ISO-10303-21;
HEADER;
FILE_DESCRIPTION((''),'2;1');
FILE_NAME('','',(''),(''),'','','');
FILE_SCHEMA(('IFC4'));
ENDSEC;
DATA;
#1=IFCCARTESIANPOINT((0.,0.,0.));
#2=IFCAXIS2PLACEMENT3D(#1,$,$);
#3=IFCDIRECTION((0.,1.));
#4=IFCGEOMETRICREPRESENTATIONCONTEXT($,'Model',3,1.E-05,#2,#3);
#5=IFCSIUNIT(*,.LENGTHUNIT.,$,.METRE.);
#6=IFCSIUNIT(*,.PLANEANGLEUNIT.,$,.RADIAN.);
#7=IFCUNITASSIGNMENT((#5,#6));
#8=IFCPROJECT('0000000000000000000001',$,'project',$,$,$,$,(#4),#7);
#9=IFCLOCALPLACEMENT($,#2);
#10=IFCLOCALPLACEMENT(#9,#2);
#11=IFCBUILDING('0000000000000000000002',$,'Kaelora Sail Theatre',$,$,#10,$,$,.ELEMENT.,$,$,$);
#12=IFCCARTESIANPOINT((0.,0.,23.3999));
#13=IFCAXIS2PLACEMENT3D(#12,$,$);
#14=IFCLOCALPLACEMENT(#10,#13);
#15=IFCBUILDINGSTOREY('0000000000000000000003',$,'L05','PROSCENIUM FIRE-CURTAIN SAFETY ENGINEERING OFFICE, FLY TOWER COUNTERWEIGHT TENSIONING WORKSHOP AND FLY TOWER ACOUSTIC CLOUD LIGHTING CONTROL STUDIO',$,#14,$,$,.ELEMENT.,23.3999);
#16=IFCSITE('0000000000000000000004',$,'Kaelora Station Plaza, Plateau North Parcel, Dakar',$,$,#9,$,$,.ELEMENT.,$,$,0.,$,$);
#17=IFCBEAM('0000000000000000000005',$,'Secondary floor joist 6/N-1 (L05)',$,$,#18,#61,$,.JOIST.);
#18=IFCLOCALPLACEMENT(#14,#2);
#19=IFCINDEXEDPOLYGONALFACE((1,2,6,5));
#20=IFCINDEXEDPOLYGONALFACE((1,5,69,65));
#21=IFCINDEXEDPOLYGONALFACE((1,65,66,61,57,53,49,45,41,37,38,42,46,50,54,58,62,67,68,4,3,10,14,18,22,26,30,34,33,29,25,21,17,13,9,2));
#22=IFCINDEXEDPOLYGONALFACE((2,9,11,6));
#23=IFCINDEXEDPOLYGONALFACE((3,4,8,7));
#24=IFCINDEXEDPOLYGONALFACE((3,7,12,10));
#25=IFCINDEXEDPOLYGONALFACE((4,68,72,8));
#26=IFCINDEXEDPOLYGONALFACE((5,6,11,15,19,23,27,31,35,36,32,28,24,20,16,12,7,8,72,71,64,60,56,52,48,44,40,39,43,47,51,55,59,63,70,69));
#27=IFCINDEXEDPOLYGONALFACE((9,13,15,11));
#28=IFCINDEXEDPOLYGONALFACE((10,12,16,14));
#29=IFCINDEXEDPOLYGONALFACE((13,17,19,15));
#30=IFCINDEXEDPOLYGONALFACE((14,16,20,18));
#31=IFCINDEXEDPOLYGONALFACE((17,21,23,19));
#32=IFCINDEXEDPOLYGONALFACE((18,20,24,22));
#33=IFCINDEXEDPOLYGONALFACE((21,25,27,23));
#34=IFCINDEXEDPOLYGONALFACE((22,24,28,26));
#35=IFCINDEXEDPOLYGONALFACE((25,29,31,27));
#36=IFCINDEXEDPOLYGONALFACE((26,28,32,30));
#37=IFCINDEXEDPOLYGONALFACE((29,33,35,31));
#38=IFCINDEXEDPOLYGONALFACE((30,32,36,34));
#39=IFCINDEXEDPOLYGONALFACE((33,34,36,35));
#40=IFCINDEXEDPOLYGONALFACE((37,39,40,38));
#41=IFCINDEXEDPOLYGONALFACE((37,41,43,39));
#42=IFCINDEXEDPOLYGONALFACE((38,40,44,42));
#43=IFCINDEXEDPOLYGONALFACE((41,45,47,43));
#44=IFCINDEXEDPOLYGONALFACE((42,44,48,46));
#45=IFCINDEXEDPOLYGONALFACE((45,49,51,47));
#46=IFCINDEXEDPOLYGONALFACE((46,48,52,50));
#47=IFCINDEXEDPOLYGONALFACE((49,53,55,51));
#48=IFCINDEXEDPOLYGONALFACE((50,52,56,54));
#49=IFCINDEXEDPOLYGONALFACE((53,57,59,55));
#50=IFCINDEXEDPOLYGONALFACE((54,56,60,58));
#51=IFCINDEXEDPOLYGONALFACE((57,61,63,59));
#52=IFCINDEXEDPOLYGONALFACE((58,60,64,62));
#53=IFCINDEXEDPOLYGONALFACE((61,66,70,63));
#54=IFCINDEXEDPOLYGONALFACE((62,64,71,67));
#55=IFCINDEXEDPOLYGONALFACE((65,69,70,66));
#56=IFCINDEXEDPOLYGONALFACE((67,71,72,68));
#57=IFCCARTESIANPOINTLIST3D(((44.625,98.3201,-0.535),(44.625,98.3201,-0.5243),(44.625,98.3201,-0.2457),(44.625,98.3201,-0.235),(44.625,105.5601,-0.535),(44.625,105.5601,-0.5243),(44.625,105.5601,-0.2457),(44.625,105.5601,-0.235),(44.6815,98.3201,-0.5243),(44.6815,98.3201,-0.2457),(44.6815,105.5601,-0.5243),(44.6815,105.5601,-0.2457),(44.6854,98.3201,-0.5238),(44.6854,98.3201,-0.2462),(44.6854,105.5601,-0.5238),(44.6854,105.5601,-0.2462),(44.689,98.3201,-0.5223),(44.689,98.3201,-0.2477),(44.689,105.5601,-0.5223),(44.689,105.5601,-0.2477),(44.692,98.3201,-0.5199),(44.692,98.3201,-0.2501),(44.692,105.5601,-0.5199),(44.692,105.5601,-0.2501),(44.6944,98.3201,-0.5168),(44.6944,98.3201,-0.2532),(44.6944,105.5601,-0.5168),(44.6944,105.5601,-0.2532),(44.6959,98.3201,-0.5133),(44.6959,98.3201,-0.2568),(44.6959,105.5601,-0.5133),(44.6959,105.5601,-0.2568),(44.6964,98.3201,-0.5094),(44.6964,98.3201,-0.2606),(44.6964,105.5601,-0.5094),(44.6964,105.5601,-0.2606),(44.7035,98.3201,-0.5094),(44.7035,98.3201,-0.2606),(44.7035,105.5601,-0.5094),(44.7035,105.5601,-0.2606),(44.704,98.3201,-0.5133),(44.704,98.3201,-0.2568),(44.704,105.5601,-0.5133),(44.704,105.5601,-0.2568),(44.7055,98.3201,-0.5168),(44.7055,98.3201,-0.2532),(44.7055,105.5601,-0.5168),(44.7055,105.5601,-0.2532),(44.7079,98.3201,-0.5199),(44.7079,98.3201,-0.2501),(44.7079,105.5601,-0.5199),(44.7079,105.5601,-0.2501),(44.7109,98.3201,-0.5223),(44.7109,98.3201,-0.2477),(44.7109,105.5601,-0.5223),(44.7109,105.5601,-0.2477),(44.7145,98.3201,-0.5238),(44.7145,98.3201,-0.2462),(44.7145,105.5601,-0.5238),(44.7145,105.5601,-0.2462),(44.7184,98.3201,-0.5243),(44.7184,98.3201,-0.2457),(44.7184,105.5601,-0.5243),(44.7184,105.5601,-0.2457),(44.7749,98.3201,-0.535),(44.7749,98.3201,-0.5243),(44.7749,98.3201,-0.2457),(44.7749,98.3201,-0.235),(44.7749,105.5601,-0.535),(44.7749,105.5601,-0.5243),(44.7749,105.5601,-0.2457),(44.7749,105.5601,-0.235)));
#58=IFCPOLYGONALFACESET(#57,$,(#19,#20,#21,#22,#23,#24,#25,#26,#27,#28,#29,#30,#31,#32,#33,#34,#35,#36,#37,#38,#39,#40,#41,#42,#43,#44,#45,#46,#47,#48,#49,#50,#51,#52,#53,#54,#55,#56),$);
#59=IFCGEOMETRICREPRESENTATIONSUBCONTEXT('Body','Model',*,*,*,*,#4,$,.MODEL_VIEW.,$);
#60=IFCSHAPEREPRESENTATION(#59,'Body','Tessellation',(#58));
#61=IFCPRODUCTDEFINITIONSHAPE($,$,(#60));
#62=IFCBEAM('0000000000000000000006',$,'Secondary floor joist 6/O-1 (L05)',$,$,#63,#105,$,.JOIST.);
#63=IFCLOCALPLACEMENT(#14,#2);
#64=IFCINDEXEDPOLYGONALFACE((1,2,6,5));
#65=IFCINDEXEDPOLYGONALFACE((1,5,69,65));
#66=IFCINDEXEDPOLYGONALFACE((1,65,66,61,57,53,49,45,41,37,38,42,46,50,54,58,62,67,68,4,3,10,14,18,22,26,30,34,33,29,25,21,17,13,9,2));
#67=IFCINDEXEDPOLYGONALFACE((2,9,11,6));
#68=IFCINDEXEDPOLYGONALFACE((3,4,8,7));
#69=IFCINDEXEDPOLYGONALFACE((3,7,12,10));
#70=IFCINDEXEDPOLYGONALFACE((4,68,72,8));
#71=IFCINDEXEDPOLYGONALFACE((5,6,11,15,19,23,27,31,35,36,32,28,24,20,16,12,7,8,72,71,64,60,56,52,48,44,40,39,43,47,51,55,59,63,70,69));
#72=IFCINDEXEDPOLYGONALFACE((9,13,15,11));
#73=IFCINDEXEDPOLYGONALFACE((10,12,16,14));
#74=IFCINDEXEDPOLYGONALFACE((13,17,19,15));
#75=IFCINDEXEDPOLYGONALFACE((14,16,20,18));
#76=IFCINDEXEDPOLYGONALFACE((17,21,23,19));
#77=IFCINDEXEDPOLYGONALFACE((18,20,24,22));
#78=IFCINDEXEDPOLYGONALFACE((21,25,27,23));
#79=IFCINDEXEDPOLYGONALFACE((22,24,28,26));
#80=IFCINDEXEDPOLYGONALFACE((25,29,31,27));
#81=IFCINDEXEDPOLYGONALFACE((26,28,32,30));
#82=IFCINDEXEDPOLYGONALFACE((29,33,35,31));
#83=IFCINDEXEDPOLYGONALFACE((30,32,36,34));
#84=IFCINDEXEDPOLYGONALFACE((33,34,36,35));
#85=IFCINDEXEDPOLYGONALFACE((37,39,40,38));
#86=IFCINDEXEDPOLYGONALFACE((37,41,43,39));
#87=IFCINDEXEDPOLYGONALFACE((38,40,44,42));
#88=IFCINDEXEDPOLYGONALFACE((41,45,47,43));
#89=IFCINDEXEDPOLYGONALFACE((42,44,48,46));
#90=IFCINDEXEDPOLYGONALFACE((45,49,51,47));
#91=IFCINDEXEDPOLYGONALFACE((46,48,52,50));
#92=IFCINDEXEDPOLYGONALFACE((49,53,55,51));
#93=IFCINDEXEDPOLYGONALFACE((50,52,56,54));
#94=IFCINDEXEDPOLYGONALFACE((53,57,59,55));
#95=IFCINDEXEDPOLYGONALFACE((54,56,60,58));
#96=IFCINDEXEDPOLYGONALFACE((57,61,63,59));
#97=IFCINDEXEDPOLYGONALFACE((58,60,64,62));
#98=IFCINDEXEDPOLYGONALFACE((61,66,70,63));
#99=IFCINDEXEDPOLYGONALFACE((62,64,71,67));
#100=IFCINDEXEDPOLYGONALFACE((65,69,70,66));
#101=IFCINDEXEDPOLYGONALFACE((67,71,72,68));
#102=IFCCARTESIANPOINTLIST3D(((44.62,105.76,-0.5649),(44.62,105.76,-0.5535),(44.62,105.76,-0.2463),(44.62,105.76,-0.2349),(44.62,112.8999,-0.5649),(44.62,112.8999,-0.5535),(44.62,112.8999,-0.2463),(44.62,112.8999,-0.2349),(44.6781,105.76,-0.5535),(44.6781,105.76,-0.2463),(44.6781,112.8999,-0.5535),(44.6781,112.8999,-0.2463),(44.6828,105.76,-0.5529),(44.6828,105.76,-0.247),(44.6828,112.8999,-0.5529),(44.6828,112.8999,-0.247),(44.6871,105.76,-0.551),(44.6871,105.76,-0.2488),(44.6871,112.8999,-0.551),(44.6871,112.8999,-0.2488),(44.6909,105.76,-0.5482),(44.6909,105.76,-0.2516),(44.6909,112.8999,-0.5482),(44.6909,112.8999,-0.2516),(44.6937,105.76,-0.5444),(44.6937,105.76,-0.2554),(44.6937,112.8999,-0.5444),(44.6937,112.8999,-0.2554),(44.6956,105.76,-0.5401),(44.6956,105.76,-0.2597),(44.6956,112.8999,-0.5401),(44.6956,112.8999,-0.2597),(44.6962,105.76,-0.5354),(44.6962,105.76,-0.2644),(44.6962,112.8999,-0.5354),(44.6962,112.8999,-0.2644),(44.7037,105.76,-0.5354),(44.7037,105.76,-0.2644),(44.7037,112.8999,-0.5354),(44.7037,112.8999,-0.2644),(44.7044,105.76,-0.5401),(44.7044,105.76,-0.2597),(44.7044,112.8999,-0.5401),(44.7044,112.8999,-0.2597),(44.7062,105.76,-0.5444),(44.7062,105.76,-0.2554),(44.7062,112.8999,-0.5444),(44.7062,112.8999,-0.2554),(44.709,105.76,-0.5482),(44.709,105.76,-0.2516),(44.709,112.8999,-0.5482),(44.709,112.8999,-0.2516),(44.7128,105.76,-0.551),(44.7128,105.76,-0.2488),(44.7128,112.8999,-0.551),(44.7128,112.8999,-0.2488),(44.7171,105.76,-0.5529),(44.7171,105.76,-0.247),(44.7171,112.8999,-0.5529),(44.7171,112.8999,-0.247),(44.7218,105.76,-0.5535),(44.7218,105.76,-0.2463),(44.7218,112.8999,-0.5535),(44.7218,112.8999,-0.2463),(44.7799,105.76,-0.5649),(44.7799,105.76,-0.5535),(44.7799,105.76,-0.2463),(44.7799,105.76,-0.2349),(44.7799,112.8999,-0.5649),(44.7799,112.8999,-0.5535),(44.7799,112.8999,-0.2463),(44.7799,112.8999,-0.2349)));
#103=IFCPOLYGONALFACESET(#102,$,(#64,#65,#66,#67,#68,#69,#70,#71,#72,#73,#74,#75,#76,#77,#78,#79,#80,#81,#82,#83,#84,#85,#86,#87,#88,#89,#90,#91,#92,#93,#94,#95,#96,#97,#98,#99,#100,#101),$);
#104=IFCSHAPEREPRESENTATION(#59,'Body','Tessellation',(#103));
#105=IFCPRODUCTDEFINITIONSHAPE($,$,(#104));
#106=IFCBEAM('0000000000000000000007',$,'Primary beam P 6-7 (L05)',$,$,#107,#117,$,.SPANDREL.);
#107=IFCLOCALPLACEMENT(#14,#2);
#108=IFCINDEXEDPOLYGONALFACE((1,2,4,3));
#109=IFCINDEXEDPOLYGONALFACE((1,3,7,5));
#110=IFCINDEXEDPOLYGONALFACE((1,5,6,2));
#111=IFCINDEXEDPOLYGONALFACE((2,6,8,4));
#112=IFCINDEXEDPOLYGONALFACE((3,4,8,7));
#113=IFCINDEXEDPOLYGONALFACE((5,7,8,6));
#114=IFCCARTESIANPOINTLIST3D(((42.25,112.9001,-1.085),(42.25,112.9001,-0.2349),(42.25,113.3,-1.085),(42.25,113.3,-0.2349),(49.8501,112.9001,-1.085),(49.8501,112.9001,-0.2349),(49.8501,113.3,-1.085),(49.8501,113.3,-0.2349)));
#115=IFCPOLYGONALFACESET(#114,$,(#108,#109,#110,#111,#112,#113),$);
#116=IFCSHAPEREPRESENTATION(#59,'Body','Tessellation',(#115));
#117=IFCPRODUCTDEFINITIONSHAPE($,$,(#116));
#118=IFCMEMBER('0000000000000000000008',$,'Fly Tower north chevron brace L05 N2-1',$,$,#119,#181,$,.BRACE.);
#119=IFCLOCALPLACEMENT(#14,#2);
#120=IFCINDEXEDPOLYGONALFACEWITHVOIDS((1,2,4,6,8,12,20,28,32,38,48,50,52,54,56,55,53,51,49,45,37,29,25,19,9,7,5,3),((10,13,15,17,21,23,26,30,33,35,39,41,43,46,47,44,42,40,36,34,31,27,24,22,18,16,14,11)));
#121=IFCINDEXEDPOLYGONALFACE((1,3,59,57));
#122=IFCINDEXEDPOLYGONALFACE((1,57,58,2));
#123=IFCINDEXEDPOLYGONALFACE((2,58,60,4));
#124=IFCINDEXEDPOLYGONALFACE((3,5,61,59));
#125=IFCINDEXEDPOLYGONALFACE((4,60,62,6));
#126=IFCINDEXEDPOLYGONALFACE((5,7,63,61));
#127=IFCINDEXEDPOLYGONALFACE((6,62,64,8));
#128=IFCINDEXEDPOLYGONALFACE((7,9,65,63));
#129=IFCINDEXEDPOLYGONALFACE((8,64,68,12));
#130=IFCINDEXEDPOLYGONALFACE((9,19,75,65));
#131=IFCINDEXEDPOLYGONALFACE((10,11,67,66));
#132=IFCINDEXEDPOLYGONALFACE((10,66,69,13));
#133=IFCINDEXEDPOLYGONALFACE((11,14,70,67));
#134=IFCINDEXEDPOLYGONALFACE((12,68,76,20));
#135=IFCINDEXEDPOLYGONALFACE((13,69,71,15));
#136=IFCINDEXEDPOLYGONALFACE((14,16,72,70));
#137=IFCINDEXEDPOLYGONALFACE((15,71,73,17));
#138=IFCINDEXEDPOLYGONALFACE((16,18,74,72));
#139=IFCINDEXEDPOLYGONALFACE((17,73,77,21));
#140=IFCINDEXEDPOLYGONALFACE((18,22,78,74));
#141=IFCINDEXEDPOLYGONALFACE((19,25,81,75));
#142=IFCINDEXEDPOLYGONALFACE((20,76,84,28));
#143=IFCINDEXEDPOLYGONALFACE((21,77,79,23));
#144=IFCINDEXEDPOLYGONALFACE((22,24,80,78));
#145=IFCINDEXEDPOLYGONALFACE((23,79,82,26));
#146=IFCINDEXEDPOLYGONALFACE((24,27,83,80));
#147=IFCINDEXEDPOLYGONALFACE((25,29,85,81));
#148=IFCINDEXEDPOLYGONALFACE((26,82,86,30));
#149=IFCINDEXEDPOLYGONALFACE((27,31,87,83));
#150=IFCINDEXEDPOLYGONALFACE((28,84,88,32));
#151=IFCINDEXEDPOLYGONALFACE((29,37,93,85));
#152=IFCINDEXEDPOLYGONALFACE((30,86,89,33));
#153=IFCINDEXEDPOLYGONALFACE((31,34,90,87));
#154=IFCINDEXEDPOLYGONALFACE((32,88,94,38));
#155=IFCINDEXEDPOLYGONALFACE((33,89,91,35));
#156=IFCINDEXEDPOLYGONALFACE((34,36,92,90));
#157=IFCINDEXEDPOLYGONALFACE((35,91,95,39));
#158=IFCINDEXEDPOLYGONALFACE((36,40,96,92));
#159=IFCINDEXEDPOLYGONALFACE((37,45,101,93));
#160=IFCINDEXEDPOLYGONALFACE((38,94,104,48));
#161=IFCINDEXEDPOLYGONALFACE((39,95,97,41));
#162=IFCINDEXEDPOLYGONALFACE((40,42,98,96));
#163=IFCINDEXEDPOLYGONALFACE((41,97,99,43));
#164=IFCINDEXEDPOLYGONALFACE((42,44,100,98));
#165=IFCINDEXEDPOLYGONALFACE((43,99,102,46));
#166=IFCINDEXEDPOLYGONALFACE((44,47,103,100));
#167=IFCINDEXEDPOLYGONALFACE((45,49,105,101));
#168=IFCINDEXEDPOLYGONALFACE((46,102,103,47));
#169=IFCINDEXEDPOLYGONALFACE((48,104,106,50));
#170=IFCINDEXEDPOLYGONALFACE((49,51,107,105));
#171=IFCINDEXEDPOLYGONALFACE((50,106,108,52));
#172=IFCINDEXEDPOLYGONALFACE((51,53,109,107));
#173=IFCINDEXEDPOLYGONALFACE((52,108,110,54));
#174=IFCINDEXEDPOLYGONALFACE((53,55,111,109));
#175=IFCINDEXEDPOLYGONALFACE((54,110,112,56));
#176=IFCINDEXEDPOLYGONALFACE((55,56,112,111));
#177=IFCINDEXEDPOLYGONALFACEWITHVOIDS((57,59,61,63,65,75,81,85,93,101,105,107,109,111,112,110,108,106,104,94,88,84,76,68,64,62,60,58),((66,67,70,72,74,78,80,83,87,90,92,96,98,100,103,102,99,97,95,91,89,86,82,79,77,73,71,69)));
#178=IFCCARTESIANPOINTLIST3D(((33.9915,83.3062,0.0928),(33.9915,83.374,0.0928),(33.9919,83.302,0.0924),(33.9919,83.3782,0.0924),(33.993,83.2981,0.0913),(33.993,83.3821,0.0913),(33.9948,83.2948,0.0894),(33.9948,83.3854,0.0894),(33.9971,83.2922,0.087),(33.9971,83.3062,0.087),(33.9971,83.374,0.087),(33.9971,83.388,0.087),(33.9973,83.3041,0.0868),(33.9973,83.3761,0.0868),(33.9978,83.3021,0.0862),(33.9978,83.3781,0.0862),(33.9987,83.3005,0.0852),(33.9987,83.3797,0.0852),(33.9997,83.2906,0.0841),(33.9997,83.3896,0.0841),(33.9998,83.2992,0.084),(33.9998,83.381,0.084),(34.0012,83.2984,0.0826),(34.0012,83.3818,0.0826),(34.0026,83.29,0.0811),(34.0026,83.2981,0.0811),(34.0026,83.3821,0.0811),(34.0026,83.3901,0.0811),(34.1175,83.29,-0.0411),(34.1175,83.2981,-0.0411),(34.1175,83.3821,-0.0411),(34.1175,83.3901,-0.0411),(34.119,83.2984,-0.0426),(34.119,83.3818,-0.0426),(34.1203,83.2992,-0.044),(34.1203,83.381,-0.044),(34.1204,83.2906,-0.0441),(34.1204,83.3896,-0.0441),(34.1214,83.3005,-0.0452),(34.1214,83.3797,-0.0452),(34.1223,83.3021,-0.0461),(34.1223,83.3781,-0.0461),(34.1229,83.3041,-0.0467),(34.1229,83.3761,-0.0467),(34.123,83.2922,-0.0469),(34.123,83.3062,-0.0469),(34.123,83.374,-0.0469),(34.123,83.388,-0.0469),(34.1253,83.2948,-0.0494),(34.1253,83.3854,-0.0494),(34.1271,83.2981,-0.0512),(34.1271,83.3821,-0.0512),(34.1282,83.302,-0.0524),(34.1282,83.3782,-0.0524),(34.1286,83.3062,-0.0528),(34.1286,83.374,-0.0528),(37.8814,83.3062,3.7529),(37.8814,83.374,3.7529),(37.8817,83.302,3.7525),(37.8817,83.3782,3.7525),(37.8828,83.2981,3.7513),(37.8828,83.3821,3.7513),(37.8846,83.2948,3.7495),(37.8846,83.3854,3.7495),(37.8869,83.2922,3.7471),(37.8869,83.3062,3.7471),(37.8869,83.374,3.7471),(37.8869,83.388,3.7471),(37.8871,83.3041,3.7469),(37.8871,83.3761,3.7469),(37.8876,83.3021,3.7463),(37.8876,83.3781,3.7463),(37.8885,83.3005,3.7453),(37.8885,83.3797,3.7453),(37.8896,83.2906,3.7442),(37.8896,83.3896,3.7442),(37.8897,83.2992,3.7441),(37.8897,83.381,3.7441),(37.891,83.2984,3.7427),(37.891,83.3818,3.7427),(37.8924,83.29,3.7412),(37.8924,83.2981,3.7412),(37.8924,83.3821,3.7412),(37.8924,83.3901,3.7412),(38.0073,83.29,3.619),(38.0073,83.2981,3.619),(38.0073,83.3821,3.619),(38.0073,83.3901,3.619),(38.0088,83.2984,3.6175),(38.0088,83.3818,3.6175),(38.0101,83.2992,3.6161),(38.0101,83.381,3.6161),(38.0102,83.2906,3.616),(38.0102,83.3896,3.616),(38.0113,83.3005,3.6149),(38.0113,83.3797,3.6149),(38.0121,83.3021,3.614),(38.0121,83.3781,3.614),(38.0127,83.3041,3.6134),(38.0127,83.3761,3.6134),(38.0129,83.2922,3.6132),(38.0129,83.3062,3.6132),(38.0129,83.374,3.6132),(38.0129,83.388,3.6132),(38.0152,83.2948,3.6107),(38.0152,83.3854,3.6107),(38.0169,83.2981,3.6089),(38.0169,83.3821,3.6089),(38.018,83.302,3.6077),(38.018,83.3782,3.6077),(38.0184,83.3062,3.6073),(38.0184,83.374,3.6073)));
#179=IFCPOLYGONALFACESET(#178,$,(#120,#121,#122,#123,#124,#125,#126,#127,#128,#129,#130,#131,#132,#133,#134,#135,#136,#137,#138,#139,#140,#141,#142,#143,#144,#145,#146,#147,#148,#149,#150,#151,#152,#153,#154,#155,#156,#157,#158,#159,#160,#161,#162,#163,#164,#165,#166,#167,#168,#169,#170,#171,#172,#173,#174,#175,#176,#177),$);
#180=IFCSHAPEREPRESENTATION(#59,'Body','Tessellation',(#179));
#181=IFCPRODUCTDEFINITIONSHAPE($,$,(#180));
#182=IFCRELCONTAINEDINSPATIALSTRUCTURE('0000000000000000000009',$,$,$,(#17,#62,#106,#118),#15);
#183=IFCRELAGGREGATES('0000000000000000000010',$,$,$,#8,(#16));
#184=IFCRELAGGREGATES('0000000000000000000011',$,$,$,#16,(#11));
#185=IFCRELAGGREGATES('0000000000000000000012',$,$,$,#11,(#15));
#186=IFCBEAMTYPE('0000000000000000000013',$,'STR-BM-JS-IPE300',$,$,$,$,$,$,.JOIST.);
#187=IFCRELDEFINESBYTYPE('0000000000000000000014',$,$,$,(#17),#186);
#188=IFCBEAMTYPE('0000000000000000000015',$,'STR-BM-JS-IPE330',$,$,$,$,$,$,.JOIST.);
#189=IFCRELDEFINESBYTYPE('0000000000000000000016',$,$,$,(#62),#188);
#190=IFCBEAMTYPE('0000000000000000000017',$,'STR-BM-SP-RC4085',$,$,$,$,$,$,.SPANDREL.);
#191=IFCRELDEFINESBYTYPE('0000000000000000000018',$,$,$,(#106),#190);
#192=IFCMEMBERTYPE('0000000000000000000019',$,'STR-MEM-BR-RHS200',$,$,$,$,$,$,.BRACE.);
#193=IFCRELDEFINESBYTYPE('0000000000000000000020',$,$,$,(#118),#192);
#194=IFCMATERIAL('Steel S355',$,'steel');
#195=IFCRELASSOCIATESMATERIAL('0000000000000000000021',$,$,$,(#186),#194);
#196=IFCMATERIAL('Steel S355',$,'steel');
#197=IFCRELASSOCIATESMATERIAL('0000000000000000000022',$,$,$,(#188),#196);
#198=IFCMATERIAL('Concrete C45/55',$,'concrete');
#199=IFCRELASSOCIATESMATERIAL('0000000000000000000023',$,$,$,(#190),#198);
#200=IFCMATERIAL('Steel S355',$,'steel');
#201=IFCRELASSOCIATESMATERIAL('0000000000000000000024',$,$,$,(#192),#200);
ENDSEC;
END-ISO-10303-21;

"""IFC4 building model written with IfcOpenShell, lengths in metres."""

from ifc_helpers import new_model, si_unit, direction, frame, origin, origin_2d, place, context, subcontext, project, spatial, rectangle, hollow_rectangle, i_section, extrude, material, material_profile, profile_set, type_object, element, save


model = new_model("IFC4")

# Units and contexts
model_context = context("Model", 3, precision=1e-05, world=origin(), true_north=direction((0.0, 1.0)))
body_context = subcontext(model_context, "Body", "Model", "MODEL_VIEW")
ifc_project = project(units=[si_unit("LENGTHUNIT", "METRE"), si_unit("PLANEANGLEUNIT", "RADIAN")], contexts=[model_context])

# Site, building, storey
site_placement = place(None, origin())
site = spatial("IfcSite", under=ifc_project, at=site_placement, Name="Kaelora Station Plaza, Plateau North Parcel, Dakar", CompositionType="ELEMENT", RefElevation=0.0)
building_placement = place(site_placement, origin())
building = spatial("IfcBuilding", under=site, at=building_placement, Name="Kaelora Sail Theatre", CompositionType="ELEMENT")
storey_placement = place(building_placement, frame((0.0, 0.0, 23.3999)))
storey = spatial("IfcBuildingStorey", under=building, at=storey_placement, Name="L05", Description="PROSCENIUM FIRE-CURTAIN SAFETY ENGINEERING OFFICE, FLY TOWER COUNTERWEIGHT TENSIONING WORKSHOP AND FLY TOWER ACOUSTIC CLOUD LIGHTING CONTROL STUDIO", CompositionType="ELEMENT", Elevation=23.3999)

# Beams
ifc_material_1 = material(Name="Steel S355", Category="steel")
ifc_material_profile_1 = material_profile(ifc_material_1, i_section(OverallWidth=0.1499, OverallDepth=0.3, WebThickness=0.0071, FlangeThickness=0.0107, FilletRadius=0.0149, at=origin_2d()), Name="IPE 300")
ifc_profile_set_1 = profile_set([ifc_material_profile_1], Name="Steel S355")
beam_type_1 = type_object("IfcBeamType", Name="STR-BM-JS-IPE300", PredefinedType="JOIST", material=ifc_profile_set_1)
beam_1_placement = place(storey_placement, frame((44.7, 98.3201, -0.385), z_axis=(0.0, 1.0, 0.0), x_axis=(-1.0, 0.0, 0.0)))
element("IfcBeam", 1, at=beam_1_placement, inside=storey, type_object=beam_type_1, Name="Secondary floor joist 6/N-1 (L05)", PredefinedType="JOIST", context=body_context, shape_type="SweptSolid", body=[
    extrude(i_section(OverallWidth=0.1499, OverallDepth=0.3, WebThickness=0.0071, FlangeThickness=0.0107, FilletRadius=0.0149, at=origin_2d()), origin(), (0.0, 0.0, 1.0), 7.24),
])
ifc_material_2 = material(Name="Steel S355", Category="steel")
ifc_material_profile_2 = material_profile(ifc_material_2, i_section(OverallWidth=0.1599, OverallDepth=0.3301, WebThickness=0.0076, FlangeThickness=0.0115, FilletRadius=0.0181, at=origin_2d()), Name="IPE 330")
ifc_profile_set_2 = profile_set([ifc_material_profile_2], Name="Steel S355")
beam_type_2 = type_object("IfcBeamType", Name="STR-BM-JS-IPE330", PredefinedType="JOIST", material=ifc_profile_set_2)
beam_2_placement = place(storey_placement, frame((44.7, 105.76, -0.3999), z_axis=(0.0, 1.0, 0.0), x_axis=(-1.0, 0.0, 0.0)))
element("IfcBeam", 2, at=beam_2_placement, inside=storey, type_object=beam_type_2, Name="Secondary floor joist 6/O-1 (L05)", PredefinedType="JOIST", context=body_context, shape_type="SweptSolid", body=[
    extrude(i_section(OverallWidth=0.1599, OverallDepth=0.3301, WebThickness=0.0076, FlangeThickness=0.0115, FilletRadius=0.0181, at=origin_2d()), origin(), (0.0, 0.0, 1.0), 7.1399),
])
ifc_material_3 = material(Name="Concrete C45/55", Category="concrete")
ifc_material_profile_3 = material_profile(ifc_material_3, rectangle(XDim=0.3999, YDim=0.8501, at=origin_2d()), Name="RC-SPN 400x850")
ifc_profile_set_3 = profile_set([ifc_material_profile_3], Name="Concrete C45/55")
beam_type_3 = type_object("IfcBeamType", Name="STR-BM-SP-RC4085", PredefinedType="SPANDREL", material=ifc_profile_set_3)
beam_3_placement = place(storey_placement, frame((42.25, 113.1001, -0.6599), z_axis=(1.0, 0.0, 0.0), x_axis=(0.0, 1.0, 0.0)))
element("IfcBeam", 3, at=beam_3_placement, inside=storey, type_object=beam_type_3, Name="Primary beam P 6-7 (L05)", PredefinedType="SPANDREL", context=body_context, shape_type="SweptSolid", body=[
    extrude(rectangle(XDim=0.3999, YDim=0.8501, at=origin_2d()), origin(), (0.0, 0.0, 1.0), 7.6001),
])

# Member
ifc_material_4 = material(Name="Steel S355", Category="steel")
ifc_material_profile_4 = material_profile(ifc_material_4, hollow_rectangle(XDim=0.1001, YDim=0.2, WallThickness=0.0081, InnerFilletRadius=0.0081, OuterFilletRadius=0.0161, at=origin_2d()), Name="RHS 200x100x8.0")
ifc_profile_set_4 = profile_set([ifc_material_profile_4], Name="Steel S355")
member_type = type_object("IfcMemberType", Name="STR-MEM-BR-RHS200", PredefinedType="BRACE", material=ifc_profile_set_4)
member_placement = place(storey_placement, frame((34.0601, 83.3401, 0.02), z_axis=(0.728286, 0.0, 0.685273), x_axis=(0.0, 1.0, 0.0)))
element("IfcMember", 4, at=member_placement, inside=storey, type_object=member_type, Name="Fly Tower north chevron brace L05 N2-1", PredefinedType="BRACE", context=body_context, shape_type="SweptSolid", body=[
    extrude(hollow_rectangle(XDim=0.1001, YDim=0.2, WallThickness=0.0081, InnerFilletRadius=0.0081, OuterFilletRadius=0.0161, at=origin_2d()), origin(), (0.0, 0.0, 1.0), 5.3411),
])

save(model, "model.ifc")
